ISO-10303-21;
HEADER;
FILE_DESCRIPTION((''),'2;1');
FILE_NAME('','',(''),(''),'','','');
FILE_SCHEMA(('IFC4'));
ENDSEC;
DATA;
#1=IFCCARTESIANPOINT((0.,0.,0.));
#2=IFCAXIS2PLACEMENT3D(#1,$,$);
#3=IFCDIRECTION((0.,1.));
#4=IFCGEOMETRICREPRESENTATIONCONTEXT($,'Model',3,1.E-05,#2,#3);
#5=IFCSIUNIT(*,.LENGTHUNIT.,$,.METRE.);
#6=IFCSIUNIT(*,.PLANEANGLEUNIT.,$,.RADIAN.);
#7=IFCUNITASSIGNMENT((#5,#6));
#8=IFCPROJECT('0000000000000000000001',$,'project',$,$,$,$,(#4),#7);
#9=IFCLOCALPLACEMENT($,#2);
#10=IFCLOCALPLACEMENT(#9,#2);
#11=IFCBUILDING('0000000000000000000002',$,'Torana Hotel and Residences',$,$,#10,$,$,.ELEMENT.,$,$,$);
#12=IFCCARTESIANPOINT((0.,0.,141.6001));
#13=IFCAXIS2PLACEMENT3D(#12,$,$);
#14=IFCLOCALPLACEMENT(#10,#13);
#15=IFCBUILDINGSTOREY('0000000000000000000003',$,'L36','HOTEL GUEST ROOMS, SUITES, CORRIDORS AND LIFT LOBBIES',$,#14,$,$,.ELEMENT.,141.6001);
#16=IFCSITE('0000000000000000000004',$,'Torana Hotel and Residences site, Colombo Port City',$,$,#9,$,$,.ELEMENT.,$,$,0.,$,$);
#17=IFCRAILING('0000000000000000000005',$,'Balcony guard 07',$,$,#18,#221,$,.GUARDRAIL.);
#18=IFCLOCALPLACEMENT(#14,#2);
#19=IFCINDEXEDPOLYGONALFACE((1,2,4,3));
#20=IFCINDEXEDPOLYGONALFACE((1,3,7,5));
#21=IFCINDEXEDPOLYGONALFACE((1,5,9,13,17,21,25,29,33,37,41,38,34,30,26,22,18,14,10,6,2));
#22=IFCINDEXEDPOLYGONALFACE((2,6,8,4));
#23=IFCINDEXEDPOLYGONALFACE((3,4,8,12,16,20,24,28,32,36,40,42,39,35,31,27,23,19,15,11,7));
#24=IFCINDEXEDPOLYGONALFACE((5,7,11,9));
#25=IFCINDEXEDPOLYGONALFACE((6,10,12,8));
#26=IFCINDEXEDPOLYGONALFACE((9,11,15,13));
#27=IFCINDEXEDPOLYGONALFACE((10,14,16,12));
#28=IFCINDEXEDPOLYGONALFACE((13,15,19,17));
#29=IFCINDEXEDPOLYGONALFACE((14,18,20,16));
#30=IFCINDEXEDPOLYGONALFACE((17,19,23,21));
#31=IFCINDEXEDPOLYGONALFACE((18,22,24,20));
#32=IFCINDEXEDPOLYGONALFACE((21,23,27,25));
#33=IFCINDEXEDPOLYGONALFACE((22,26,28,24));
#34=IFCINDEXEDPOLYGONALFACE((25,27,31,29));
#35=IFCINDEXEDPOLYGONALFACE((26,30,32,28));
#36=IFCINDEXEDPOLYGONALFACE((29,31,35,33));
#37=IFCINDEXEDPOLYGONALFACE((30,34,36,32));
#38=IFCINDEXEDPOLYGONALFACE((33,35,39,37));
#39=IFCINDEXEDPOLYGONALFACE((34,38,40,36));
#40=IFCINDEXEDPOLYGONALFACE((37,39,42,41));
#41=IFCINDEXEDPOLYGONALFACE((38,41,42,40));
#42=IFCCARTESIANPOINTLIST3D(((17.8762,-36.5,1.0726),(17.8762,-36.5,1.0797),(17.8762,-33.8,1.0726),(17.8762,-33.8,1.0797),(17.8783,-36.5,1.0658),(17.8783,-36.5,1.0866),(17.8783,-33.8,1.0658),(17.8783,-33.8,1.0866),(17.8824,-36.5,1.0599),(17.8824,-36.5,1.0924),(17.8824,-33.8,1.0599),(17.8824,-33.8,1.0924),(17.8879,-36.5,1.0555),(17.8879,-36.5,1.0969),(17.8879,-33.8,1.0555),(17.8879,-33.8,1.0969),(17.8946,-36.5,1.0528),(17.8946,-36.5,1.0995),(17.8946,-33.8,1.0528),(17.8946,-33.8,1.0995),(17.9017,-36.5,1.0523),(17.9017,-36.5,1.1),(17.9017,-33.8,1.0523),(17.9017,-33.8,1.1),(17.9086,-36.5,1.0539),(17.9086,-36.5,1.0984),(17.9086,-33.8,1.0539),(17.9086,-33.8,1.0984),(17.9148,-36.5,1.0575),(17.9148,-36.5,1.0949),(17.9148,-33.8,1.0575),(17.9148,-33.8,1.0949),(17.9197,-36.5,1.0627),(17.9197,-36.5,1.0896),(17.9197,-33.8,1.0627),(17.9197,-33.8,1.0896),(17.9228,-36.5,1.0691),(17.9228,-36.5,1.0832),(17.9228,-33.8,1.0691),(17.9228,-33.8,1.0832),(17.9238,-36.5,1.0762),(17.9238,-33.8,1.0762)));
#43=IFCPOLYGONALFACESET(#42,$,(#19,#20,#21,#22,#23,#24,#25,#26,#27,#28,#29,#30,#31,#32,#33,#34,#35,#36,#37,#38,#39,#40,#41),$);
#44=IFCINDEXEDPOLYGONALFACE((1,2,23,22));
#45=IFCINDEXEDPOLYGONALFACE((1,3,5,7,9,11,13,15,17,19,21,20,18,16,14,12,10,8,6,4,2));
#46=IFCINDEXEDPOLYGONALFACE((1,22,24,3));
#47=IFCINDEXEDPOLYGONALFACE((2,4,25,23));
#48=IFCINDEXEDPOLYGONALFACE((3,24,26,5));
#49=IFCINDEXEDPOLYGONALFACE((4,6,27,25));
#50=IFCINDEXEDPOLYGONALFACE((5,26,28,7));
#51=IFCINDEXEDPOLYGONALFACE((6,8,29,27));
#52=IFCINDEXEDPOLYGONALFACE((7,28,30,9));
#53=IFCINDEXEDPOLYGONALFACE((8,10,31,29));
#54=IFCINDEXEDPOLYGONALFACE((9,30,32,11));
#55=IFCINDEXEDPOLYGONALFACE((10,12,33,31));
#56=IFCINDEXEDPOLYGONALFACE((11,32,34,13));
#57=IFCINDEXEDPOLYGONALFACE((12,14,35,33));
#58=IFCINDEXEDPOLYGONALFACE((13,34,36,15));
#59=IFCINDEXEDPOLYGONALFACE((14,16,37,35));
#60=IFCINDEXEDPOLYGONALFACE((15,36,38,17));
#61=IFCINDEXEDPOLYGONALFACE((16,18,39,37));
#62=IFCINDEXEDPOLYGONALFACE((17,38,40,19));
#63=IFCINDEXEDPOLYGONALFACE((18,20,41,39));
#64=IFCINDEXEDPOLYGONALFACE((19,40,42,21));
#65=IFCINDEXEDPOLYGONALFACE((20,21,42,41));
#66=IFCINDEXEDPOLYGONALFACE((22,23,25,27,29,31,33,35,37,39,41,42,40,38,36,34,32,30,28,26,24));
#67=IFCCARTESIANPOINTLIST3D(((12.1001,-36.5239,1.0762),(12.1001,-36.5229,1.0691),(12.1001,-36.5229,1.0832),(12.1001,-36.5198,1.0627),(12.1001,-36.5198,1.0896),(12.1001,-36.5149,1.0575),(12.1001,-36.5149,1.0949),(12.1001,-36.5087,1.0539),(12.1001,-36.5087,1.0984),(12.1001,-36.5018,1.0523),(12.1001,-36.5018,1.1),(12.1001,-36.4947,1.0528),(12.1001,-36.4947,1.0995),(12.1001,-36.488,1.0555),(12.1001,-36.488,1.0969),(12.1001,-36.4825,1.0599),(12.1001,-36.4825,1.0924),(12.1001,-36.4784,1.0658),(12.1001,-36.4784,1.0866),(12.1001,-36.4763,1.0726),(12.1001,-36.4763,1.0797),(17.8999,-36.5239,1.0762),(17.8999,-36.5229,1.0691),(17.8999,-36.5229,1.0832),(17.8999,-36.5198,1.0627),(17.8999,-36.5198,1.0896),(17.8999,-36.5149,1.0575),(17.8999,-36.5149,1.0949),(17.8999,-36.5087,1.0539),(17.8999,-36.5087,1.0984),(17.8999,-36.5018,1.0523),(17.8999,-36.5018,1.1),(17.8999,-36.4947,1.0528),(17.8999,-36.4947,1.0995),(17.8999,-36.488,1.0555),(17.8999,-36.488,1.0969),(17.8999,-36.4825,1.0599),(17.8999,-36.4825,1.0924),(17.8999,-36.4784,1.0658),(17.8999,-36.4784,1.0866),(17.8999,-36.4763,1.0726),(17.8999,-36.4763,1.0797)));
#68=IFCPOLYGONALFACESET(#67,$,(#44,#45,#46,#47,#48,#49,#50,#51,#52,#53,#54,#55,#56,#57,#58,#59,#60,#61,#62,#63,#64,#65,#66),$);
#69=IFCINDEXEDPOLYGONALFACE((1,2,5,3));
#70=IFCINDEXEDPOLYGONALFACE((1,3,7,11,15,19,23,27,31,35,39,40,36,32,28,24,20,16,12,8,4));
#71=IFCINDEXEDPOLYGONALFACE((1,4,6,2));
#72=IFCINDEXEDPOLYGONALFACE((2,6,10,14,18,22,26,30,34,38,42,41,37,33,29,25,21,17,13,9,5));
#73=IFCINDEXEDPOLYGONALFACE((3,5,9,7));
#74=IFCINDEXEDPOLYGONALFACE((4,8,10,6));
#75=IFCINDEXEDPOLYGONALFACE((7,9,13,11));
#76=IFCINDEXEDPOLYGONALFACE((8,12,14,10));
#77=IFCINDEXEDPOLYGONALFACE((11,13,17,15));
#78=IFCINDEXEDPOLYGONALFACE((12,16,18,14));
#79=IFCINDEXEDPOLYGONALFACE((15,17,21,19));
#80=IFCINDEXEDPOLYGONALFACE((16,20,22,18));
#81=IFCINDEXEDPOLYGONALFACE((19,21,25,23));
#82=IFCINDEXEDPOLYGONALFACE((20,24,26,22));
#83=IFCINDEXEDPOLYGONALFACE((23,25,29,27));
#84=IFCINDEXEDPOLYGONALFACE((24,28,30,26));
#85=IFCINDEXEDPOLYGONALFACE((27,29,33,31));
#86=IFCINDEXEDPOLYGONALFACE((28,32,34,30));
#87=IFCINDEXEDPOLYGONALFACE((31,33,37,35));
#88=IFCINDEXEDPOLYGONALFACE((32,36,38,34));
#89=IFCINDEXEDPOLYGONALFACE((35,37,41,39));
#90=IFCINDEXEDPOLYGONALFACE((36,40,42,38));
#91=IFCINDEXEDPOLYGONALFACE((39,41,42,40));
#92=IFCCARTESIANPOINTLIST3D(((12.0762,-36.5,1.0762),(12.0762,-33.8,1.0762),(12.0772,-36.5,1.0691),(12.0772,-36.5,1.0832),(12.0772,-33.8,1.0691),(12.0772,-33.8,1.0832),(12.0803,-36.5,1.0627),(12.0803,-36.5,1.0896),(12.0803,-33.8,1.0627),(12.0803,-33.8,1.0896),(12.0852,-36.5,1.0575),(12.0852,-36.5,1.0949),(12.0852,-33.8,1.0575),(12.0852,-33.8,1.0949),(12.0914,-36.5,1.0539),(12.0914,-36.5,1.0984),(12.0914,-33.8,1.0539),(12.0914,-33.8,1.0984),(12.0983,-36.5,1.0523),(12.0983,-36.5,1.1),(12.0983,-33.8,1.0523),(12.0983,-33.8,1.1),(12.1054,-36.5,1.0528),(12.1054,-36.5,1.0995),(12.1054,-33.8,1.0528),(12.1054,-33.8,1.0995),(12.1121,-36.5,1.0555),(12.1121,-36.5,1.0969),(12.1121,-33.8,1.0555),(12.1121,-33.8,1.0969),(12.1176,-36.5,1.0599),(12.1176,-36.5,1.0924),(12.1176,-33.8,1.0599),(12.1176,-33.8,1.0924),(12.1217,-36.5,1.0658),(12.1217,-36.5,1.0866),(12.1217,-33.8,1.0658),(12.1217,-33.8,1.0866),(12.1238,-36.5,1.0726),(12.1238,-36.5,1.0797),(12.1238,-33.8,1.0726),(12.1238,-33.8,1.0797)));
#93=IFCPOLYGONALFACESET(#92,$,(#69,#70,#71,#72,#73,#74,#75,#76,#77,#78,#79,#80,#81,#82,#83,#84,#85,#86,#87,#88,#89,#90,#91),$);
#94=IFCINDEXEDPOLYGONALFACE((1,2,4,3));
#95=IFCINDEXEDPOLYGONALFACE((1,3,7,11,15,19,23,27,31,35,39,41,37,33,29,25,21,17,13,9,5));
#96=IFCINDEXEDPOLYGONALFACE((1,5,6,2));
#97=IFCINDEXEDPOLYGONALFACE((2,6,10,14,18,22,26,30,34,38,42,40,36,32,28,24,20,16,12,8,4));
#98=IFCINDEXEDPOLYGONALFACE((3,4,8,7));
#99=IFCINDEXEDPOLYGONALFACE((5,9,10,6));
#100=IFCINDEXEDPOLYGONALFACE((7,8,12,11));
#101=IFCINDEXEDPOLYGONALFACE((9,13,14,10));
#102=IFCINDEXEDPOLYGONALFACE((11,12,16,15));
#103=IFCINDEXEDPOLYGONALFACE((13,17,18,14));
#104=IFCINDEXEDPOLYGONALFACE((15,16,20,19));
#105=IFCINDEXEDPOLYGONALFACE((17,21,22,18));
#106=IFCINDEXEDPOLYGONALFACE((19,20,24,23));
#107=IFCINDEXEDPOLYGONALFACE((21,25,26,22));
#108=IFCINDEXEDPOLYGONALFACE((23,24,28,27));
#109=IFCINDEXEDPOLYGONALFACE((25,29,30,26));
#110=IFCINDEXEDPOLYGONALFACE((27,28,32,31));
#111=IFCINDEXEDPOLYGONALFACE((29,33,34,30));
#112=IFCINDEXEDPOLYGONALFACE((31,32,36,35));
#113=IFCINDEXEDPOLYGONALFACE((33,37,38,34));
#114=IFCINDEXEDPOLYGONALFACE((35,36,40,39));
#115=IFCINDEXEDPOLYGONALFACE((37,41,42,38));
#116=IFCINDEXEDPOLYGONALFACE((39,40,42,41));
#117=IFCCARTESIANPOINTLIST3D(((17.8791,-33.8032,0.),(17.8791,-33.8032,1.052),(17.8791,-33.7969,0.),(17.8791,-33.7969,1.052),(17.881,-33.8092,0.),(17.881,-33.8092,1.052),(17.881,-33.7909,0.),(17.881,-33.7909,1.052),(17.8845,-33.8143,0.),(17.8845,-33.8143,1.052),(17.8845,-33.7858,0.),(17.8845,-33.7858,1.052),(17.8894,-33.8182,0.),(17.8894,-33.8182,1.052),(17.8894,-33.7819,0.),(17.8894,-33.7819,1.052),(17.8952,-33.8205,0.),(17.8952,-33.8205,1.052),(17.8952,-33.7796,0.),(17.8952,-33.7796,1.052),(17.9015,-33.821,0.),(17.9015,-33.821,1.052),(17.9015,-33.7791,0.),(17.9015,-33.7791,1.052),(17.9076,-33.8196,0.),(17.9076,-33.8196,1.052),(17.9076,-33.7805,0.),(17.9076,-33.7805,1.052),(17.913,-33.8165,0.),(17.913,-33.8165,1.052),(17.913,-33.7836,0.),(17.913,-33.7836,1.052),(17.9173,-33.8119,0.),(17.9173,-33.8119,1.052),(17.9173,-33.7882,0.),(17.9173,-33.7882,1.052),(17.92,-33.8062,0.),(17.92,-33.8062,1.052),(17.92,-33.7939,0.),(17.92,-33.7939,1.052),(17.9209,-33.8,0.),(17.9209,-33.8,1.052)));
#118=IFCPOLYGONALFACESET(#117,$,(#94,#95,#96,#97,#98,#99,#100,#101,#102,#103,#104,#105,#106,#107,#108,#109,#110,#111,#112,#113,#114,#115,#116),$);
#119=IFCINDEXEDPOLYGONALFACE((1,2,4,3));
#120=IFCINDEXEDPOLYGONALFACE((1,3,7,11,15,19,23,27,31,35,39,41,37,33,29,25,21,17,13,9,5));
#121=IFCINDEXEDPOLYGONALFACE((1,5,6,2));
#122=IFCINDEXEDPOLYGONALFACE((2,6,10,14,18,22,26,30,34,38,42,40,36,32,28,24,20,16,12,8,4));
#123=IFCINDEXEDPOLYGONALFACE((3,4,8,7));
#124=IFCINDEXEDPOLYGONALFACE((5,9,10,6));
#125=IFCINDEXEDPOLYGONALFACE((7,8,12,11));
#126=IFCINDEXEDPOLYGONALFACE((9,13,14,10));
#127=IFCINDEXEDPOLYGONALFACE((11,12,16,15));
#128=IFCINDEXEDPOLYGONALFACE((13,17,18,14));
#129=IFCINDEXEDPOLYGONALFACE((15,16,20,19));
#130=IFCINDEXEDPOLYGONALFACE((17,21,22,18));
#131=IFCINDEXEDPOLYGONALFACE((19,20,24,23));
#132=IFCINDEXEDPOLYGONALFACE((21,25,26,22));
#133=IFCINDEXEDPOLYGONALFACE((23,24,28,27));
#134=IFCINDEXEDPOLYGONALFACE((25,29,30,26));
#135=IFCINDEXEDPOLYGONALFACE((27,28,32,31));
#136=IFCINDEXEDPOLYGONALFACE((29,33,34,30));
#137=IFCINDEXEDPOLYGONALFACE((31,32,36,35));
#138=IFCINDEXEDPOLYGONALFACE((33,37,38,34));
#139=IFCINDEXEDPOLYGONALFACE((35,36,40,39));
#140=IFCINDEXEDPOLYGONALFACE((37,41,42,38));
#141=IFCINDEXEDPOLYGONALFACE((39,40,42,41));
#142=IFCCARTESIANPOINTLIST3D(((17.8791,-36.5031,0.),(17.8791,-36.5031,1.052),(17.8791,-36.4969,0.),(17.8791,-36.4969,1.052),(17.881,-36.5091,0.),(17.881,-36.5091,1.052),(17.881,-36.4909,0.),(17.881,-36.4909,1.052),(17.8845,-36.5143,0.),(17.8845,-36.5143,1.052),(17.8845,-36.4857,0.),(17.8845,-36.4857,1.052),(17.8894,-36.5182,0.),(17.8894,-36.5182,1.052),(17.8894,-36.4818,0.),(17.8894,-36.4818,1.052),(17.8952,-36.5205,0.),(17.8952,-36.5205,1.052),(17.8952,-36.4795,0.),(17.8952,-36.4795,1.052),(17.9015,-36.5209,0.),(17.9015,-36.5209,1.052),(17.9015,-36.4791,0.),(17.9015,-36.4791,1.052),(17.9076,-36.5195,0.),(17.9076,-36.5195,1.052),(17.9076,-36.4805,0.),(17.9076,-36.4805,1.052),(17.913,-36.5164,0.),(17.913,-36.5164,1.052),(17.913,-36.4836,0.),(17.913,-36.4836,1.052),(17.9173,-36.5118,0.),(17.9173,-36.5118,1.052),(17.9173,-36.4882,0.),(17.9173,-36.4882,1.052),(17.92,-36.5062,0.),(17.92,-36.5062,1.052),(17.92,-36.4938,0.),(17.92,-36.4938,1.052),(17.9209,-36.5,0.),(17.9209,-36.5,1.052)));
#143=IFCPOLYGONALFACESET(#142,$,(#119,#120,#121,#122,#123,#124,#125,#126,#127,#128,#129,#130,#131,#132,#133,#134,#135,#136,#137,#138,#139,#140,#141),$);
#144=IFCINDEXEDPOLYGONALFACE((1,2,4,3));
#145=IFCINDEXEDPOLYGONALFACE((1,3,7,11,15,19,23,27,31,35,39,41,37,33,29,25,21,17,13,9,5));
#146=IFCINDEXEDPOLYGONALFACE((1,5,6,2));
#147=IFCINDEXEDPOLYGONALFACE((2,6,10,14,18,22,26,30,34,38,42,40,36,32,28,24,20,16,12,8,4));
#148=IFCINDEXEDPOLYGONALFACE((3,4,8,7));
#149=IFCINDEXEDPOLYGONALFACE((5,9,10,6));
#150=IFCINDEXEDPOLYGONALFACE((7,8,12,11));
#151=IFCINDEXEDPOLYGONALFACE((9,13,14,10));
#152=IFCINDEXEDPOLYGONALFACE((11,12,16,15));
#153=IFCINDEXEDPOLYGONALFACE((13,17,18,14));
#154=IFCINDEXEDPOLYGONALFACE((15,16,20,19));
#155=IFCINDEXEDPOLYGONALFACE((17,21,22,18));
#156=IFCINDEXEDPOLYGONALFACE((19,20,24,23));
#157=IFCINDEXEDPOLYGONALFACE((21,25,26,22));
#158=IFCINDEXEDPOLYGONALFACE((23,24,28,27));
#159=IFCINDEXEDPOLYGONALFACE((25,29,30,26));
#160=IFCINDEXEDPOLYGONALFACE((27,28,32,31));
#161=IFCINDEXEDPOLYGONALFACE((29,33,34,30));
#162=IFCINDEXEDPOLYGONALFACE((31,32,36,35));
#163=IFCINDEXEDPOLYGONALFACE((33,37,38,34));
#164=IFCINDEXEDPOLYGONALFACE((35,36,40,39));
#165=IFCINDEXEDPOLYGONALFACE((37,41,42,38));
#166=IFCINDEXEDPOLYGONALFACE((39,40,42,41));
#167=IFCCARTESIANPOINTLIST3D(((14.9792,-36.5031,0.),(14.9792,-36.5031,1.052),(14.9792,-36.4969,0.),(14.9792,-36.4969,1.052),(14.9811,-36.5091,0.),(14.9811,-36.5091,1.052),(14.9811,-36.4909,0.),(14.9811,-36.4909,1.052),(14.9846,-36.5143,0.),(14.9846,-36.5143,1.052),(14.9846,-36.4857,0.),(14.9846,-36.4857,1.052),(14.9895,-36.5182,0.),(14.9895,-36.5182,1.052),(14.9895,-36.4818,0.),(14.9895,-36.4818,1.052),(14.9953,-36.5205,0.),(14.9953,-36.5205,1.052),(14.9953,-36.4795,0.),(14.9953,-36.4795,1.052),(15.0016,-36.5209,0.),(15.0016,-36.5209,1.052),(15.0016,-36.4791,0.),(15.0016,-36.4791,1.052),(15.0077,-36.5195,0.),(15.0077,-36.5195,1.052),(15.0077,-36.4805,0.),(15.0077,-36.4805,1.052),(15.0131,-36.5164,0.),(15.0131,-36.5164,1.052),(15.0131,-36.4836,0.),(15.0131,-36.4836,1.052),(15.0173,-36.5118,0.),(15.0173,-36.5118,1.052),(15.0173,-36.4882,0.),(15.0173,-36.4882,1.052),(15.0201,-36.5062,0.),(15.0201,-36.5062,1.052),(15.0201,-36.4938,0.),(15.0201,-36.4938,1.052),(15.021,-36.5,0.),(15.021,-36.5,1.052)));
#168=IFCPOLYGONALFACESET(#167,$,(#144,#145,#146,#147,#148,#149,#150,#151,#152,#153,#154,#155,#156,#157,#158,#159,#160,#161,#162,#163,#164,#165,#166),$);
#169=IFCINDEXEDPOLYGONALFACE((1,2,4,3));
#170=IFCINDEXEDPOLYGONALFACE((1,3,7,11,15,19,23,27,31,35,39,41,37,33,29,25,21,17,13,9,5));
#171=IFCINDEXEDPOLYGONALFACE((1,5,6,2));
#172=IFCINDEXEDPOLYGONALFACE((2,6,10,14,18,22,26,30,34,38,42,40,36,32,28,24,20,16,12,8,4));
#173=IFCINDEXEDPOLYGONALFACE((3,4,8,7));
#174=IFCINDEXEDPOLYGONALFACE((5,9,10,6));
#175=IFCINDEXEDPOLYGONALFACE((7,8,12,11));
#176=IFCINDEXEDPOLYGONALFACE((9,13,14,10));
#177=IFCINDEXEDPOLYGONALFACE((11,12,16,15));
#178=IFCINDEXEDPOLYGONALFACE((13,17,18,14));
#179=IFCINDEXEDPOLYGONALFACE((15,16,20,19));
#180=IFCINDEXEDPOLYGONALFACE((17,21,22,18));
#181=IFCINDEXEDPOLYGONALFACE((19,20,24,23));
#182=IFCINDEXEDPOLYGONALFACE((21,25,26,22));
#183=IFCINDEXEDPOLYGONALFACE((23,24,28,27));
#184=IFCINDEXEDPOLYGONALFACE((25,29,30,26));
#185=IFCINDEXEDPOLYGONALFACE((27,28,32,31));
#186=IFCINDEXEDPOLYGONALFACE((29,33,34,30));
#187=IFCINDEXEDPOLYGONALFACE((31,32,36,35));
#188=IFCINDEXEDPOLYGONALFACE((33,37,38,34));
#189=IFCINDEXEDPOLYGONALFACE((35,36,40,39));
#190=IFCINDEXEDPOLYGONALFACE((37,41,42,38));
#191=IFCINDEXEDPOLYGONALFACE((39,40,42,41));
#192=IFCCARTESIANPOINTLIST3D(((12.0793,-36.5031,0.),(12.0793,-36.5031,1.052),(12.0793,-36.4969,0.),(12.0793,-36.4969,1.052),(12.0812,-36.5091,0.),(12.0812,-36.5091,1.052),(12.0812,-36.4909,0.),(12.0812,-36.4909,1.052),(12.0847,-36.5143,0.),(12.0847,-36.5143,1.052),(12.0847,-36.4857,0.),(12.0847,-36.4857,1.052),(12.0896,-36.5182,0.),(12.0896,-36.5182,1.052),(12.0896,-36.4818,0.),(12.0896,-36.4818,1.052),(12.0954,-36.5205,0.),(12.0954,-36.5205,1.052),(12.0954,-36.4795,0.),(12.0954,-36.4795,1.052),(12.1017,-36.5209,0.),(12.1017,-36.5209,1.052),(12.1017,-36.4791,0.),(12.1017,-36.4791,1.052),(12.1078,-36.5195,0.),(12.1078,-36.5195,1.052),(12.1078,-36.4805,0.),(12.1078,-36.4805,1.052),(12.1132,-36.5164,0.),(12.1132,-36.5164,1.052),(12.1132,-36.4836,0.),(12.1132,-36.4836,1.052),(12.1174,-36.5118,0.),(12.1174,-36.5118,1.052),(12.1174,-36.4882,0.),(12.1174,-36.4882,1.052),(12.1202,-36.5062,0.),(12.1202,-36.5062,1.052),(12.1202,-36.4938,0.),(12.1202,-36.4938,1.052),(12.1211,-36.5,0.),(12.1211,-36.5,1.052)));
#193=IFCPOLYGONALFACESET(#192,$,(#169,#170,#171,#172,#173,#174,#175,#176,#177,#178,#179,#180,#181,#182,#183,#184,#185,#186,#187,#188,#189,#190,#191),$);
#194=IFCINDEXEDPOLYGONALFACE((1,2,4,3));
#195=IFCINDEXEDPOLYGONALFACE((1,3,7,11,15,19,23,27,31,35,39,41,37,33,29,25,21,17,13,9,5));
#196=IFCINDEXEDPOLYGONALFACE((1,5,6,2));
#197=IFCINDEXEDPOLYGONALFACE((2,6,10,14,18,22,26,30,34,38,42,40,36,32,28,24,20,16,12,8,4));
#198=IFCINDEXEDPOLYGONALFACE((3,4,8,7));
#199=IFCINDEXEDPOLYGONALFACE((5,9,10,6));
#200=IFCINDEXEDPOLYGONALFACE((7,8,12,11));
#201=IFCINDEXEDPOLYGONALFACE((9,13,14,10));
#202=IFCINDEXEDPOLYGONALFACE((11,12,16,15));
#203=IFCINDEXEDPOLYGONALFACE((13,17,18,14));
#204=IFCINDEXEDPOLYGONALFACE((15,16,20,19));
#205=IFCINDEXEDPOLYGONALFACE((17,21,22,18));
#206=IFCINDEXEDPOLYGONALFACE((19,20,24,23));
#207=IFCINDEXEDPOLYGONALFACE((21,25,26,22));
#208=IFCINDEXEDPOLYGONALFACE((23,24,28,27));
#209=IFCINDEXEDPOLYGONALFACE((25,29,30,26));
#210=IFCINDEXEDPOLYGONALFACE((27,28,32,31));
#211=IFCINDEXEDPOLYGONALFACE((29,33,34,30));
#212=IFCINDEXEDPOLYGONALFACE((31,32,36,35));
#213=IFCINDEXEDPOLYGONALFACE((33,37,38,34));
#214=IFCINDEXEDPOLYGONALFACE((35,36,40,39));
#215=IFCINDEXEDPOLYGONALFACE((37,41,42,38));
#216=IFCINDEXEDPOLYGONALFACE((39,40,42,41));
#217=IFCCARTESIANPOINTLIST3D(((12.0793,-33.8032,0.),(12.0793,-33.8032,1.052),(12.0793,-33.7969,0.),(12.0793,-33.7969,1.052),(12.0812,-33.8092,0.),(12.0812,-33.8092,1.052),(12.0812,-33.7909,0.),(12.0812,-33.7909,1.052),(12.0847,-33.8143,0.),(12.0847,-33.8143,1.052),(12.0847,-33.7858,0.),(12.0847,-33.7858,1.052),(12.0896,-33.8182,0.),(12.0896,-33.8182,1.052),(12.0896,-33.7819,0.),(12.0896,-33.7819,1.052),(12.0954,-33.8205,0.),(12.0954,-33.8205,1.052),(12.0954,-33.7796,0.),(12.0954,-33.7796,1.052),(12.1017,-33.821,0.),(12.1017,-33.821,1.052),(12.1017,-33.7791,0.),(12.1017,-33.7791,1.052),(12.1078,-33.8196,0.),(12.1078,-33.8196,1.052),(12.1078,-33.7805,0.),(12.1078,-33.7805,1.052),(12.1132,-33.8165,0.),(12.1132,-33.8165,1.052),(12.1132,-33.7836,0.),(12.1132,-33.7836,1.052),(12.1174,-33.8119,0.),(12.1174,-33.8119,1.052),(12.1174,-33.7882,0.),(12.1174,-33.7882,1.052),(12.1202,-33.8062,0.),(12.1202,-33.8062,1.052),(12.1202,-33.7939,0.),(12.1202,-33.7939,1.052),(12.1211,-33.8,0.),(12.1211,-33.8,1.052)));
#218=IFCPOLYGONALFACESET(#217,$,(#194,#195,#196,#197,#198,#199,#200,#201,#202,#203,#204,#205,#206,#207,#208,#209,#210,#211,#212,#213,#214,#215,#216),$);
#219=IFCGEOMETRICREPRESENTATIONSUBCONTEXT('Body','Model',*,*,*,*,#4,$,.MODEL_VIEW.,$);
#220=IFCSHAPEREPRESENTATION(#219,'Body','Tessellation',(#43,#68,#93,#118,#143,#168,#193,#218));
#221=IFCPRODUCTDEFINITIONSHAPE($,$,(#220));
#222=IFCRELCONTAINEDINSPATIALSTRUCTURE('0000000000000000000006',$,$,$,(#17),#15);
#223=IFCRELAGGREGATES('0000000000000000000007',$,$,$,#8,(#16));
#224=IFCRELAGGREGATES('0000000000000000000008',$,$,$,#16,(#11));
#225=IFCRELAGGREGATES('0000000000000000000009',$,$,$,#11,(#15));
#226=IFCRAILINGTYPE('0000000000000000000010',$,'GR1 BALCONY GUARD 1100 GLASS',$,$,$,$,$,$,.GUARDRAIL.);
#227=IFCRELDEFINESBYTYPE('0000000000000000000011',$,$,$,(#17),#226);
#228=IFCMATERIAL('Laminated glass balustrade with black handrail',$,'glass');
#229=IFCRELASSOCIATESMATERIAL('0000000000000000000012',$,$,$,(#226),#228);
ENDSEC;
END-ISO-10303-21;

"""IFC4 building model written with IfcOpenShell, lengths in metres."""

from ifc_helpers import new_model, si_unit, direction, frame, origin, origin_2d, place, context, subcontext, project, spatial, circle, extrude, material, type_object, element, save


model = new_model("IFC4")

# Units and contexts
model_context = context("Model", 3, precision=1e-05, world=origin(), true_north=direction((0.0, 1.0)))
body_context = subcontext(model_context, "Body", "Model", "MODEL_VIEW")
ifc_project = project(units=[si_unit("LENGTHUNIT", "METRE"), si_unit("PLANEANGLEUNIT", "RADIAN")], contexts=[model_context])

# Site, building, storey
site_placement = place(None, origin())
site = spatial("IfcSite", under=ifc_project, at=site_placement, Name="Torana Hotel and Residences site, Colombo Port City", CompositionType="ELEMENT", RefElevation=0.0)
building_placement = place(site_placement, origin())
building = spatial("IfcBuilding", under=site, at=building_placement, Name="Torana Hotel and Residences", CompositionType="ELEMENT")
storey_placement = place(building_placement, frame((0.0, 0.0, 141.6001)))
storey = spatial("IfcBuildingStorey", under=building, at=storey_placement, Name="L36", Description="HOTEL GUEST ROOMS, SUITES, CORRIDORS AND LIFT LOBBIES", CompositionType="ELEMENT", Elevation=141.6001)

# Railing
ifc_material_1 = material(Name="Laminated glass balustrade with black handrail", Category="glass")
railing_type = type_object("IfcRailingType", Name="GR1 BALCONY GUARD 1100 GLASS", PredefinedType="GUARDRAIL", material=ifc_material_1)
railing_1_placement = place(storey_placement, frame((17.8999, -33.8, 0.0)))
element("IfcRailing", 1, at=railing_1_placement, inside=storey, type_object=railing_type, Name="Balcony guard 07", PredefinedType="GUARDRAIL", context=body_context, shape_type="SweptSolid", body=[
    extrude(circle(Radius=0.0239, at=origin_2d()), frame((0.0, 0.0, 1.0762), z_axis=(0.0, -1.0, 0.0), x_axis=(1.0, 0.0, 0.0)), (0.0, 0.0, 1.0), 2.7),
    extrude(circle(Radius=0.0239, at=origin_2d()), frame((0.0, -2.7, 1.0762), z_axis=(-1.0, 0.0, 0.0), x_axis=(0.0, -1.0, 0.0)), (0.0, 0.0, 1.0), 5.7998),
    extrude(circle(Radius=0.0239, at=origin_2d()), frame((-5.7998, -2.7, 1.0762), z_axis=(0.0, 1.0, 0.0), x_axis=(-1.0, 0.0, 0.0)), (0.0, 0.0, 1.0), 2.7),
    extrude(circle(Radius=0.021, at=origin_2d()), origin(), (0.0, 0.0, 1.0), 1.052),
    extrude(circle(Radius=0.021, at=origin_2d()), frame((0.0, -2.7, 0.0)), (0.0, 0.0, 1.0), 1.052),
    extrude(circle(Radius=0.021, at=origin_2d()), frame((-2.8999, -2.7, 0.0)), (0.0, 0.0, 1.0), 1.052),
    extrude(circle(Radius=0.021, at=origin_2d()), frame((-5.7998, -2.7, 0.0)), (0.0, 0.0, 1.0), 1.052),
    extrude(circle(Radius=0.021, at=origin_2d()), frame((-5.7998, 0.0, 0.0)), (0.0, 0.0, 1.0), 1.052),
])

save(model, "model.ifc")
